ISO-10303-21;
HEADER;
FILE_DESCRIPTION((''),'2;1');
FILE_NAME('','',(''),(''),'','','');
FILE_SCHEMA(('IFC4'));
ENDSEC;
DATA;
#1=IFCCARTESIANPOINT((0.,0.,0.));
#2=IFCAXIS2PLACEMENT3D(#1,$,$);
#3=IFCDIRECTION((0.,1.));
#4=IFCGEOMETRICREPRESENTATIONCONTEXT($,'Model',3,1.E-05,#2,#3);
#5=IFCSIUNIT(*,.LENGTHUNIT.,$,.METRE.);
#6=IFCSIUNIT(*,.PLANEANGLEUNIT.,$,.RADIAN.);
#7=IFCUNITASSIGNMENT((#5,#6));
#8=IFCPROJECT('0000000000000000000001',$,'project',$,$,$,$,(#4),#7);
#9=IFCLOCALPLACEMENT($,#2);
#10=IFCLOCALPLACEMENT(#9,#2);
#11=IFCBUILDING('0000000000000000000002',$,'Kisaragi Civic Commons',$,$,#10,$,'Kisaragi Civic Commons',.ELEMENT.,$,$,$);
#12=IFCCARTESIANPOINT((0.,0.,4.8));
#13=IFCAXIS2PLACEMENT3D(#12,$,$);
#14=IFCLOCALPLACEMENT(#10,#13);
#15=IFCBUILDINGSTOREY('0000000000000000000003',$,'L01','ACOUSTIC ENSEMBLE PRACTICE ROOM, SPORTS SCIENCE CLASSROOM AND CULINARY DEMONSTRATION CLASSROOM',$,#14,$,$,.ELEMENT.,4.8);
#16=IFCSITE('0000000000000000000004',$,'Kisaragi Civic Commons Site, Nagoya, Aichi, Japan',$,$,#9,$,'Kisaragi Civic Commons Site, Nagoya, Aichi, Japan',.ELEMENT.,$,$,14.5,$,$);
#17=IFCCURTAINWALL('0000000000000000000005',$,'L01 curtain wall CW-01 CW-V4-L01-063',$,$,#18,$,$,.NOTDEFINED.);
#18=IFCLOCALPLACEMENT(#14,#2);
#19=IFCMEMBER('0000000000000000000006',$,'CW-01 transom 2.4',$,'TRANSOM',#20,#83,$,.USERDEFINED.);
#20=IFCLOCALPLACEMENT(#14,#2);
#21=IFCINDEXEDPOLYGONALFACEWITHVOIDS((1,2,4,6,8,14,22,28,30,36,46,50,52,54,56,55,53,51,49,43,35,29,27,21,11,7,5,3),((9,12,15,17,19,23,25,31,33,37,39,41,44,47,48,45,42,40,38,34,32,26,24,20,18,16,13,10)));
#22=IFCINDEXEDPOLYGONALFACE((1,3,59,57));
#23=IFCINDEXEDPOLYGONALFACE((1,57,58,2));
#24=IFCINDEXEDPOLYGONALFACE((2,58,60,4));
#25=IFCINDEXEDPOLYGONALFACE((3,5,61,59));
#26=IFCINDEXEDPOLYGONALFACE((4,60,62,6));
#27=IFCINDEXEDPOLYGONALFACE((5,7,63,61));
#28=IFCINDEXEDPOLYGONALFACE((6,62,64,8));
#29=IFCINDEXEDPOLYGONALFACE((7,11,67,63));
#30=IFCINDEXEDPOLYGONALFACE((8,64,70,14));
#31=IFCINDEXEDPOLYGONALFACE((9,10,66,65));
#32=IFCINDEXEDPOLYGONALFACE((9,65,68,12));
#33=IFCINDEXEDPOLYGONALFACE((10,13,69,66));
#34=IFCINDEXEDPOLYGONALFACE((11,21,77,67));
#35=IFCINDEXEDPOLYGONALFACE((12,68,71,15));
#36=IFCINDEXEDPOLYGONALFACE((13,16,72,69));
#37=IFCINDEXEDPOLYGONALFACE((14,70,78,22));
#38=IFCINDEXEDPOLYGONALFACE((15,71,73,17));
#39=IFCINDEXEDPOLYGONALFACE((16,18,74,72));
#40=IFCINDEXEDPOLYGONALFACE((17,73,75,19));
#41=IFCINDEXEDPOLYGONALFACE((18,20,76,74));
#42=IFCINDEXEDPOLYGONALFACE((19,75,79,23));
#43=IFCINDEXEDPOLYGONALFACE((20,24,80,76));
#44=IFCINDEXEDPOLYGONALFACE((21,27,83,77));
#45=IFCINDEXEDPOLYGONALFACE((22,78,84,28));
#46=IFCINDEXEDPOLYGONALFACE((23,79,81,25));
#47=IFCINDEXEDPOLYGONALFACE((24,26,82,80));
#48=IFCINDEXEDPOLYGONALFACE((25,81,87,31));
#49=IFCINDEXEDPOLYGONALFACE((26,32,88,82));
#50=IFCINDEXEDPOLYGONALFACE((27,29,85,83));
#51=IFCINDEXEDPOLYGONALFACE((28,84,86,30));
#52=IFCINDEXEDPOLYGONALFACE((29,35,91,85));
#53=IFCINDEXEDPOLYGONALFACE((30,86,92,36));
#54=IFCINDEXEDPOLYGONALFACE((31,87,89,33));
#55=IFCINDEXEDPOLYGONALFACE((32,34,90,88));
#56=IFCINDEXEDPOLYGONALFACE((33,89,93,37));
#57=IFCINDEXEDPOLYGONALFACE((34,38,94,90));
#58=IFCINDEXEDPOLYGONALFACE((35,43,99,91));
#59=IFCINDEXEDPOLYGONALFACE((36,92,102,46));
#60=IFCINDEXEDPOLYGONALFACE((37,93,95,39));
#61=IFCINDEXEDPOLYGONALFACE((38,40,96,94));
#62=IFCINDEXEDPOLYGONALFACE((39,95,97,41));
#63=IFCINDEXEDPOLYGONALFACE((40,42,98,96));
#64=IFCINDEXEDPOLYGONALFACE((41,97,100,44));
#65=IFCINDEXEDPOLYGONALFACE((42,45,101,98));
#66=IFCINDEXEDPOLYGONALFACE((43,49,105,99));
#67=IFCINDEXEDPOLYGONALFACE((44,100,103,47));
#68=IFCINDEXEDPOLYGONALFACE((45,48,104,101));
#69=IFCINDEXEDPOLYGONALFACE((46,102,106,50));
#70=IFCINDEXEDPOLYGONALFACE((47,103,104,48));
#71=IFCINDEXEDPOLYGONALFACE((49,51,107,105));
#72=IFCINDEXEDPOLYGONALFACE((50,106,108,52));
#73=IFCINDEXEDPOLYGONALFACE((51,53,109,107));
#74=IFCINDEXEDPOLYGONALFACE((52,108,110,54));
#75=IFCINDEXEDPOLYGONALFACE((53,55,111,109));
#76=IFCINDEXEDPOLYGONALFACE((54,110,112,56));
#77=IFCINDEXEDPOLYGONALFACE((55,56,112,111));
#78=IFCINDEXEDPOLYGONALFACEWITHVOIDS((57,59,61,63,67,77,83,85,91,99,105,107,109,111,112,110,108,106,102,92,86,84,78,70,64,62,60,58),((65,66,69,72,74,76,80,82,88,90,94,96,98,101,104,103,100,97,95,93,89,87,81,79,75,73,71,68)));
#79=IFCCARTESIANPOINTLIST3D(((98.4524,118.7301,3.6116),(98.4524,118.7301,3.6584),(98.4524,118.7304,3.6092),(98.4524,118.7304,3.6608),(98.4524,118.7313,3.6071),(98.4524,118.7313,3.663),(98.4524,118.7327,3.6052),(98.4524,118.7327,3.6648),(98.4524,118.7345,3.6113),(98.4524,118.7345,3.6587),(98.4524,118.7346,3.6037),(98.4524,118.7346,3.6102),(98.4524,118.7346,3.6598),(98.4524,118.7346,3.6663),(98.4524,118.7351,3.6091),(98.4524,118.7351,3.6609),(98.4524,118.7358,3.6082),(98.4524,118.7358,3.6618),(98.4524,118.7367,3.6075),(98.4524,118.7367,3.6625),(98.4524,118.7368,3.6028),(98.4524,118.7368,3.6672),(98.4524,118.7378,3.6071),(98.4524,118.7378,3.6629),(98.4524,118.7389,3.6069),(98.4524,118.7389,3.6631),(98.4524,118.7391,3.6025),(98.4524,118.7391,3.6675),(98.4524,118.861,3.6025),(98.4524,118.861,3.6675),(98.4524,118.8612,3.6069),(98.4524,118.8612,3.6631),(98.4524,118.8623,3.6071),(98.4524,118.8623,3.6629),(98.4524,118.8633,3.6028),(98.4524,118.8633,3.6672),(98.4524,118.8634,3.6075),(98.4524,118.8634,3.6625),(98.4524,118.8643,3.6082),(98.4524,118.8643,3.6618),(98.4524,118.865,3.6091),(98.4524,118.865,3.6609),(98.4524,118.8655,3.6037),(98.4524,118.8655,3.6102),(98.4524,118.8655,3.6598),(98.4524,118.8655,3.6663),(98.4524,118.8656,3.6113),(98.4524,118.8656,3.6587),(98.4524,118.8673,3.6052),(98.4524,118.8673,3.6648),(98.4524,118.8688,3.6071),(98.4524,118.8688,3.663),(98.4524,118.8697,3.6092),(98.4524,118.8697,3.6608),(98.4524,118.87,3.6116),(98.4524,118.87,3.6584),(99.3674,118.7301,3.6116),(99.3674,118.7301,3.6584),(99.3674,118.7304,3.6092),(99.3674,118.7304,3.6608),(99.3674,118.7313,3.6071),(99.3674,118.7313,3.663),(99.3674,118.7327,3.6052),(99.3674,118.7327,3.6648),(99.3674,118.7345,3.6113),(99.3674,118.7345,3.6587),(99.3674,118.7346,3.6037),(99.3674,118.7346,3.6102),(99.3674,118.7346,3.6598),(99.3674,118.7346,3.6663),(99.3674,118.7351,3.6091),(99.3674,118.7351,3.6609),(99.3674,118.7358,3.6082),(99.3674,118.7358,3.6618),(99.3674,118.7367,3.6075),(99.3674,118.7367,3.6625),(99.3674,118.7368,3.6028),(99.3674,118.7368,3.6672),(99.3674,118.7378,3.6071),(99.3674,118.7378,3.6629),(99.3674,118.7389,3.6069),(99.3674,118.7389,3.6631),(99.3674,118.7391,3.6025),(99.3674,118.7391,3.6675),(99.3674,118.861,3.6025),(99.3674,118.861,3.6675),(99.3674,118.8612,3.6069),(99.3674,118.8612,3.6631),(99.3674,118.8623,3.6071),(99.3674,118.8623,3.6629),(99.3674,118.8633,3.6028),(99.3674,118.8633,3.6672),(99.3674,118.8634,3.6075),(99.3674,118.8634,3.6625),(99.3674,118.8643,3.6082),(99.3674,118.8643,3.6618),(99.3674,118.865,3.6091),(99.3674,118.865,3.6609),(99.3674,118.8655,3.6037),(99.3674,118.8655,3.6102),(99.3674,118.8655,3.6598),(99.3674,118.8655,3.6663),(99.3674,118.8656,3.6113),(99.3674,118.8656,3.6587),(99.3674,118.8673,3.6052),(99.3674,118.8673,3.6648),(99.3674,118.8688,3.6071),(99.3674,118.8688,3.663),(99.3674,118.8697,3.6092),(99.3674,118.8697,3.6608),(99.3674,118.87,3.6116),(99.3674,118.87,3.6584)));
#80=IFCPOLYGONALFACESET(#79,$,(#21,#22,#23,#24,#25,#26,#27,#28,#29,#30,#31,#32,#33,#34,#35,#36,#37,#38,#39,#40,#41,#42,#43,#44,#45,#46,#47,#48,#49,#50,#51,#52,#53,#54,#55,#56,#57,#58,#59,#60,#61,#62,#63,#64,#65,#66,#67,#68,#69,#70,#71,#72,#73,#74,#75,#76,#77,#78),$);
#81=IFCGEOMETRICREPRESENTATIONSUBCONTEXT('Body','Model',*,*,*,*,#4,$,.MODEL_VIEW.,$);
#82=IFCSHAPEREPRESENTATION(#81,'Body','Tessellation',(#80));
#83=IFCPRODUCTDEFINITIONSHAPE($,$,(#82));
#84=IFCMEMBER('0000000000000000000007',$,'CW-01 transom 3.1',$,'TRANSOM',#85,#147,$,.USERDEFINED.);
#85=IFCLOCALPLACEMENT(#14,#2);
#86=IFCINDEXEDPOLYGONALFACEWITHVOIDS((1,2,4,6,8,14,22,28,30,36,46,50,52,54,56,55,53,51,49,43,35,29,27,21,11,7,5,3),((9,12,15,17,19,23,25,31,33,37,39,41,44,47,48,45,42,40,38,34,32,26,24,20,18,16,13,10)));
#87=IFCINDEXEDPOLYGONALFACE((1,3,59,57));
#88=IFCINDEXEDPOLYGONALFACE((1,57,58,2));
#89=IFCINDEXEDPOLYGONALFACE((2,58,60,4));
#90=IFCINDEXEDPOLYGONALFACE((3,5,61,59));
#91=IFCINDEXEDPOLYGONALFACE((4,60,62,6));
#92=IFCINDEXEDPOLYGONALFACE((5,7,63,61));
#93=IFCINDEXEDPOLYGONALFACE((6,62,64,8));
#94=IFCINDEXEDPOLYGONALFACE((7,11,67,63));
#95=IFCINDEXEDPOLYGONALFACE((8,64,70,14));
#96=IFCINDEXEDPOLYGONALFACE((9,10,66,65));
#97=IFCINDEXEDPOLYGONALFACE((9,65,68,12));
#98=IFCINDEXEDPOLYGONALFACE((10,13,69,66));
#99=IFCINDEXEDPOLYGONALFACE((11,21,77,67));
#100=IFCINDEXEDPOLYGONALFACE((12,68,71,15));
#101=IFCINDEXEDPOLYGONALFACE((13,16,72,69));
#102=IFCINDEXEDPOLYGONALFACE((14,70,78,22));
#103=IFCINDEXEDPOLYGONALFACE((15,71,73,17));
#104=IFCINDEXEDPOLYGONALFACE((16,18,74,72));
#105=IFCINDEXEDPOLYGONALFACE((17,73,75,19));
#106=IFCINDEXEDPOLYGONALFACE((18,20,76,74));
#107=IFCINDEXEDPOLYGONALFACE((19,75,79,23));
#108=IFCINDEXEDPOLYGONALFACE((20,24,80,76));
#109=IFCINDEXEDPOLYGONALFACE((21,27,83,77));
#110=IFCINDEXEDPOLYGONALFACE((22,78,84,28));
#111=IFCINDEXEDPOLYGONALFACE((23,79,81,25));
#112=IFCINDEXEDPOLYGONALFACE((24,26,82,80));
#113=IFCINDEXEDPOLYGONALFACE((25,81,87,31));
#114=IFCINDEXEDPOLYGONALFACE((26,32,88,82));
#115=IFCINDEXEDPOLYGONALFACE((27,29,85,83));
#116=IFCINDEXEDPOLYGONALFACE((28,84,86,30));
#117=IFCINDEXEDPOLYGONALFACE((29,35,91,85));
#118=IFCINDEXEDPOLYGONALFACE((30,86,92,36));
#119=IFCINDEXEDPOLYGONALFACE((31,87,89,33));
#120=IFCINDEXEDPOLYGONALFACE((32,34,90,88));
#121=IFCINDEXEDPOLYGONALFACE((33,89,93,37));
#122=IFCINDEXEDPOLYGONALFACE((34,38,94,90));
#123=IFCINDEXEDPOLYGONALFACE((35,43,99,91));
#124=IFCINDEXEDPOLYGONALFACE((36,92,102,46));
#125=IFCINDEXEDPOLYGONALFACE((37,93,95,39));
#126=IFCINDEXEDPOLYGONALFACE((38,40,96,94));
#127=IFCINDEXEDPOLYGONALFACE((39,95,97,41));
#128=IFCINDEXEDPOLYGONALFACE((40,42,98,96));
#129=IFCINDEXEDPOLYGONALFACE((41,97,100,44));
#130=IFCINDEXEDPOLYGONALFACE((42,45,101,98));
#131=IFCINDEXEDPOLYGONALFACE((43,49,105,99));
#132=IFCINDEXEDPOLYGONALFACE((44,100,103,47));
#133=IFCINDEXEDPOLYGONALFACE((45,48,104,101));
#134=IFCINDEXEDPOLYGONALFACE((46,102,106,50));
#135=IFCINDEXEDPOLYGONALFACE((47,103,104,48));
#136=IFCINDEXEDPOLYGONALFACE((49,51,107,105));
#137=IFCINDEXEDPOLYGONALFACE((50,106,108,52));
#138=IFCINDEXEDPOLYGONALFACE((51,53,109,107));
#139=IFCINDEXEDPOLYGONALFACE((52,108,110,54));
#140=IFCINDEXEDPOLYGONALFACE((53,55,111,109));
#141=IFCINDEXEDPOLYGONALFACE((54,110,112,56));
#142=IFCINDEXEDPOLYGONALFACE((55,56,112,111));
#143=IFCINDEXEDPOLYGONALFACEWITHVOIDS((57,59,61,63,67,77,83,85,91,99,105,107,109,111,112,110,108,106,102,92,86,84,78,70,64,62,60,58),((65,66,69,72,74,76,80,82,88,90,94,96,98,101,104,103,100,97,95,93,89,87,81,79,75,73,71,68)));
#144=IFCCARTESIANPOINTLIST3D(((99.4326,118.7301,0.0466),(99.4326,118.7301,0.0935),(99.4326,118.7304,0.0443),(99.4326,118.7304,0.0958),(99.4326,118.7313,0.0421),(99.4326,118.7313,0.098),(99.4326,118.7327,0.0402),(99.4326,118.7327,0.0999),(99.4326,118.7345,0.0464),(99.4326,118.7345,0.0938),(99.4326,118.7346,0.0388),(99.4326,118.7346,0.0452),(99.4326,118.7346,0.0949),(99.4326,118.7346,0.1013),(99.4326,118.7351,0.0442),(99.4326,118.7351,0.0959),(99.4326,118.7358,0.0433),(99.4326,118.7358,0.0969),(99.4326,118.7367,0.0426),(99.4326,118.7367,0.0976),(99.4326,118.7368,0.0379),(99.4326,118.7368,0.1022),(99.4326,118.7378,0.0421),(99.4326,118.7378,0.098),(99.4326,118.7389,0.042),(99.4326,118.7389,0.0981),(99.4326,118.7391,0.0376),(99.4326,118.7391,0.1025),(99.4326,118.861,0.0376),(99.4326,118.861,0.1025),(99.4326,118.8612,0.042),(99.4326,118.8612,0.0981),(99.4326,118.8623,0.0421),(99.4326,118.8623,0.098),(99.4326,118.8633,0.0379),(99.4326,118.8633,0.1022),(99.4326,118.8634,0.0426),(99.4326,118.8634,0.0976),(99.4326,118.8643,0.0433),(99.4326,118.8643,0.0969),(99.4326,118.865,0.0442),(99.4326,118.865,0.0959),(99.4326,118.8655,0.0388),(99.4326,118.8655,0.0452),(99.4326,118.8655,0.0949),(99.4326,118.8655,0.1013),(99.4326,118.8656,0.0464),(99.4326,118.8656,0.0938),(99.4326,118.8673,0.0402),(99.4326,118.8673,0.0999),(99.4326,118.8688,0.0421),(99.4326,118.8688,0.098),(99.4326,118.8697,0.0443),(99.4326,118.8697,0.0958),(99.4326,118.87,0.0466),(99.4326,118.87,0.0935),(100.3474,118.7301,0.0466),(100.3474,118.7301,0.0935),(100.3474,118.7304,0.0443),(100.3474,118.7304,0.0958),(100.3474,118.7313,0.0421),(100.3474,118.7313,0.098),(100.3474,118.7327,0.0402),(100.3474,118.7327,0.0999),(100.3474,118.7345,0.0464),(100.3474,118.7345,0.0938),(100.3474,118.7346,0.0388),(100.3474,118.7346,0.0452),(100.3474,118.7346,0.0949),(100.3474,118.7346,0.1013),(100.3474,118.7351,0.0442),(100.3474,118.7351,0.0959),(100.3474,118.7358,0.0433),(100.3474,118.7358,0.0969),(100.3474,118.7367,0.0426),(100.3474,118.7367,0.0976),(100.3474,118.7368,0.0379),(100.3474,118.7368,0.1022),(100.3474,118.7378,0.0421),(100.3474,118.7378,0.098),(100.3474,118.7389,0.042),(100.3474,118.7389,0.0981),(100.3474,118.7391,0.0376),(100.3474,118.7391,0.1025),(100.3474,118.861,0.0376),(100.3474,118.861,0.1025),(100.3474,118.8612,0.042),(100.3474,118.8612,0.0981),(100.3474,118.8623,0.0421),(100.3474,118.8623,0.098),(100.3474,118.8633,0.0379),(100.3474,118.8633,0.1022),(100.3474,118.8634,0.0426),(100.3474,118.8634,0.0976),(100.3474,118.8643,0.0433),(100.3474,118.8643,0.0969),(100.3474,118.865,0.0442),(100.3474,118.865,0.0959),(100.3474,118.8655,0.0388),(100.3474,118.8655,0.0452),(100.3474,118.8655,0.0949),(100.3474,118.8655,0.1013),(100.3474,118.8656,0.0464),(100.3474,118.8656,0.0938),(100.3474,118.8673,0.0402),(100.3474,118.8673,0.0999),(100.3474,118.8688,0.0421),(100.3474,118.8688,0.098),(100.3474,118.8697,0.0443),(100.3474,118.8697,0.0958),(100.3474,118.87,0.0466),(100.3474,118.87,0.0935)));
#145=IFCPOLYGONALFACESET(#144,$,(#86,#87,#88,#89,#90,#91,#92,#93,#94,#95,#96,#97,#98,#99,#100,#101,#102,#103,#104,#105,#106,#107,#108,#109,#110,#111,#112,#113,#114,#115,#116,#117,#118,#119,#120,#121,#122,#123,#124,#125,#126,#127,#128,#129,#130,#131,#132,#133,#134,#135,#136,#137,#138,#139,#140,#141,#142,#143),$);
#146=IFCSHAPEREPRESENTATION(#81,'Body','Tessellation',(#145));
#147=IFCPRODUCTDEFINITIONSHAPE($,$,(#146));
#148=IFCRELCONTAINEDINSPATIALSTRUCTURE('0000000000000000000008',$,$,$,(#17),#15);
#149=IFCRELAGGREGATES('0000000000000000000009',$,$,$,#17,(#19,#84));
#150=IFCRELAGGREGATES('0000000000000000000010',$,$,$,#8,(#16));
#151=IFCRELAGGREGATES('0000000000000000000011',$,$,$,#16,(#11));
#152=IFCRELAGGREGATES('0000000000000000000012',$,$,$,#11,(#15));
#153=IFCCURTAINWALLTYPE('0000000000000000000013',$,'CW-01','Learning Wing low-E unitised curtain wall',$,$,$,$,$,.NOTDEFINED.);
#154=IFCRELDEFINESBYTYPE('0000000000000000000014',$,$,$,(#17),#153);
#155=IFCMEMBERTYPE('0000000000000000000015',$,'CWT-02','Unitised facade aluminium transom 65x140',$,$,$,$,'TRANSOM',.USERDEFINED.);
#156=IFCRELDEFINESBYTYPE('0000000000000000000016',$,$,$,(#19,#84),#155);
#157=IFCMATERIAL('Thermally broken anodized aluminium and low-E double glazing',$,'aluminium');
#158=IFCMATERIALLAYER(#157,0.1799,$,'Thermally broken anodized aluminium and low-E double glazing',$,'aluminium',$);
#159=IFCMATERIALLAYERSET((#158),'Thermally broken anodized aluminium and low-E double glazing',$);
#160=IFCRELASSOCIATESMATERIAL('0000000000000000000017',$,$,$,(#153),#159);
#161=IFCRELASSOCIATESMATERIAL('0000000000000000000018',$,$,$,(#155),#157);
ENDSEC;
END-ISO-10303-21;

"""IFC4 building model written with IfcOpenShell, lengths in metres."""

from ifc_helpers import new_model, si_unit, direction, frame, origin, origin_2d, place, context, subcontext, project, spatial, hollow_rectangle, extrude, material, layer, layer_set, material_profile, profile_set, type_object, element, aggregate, save


model = new_model("IFC4")

# Units and contexts
model_context = context("Model", 3, precision=1e-05, world=origin(), true_north=direction((0.0, 1.0)))
body_context = subcontext(model_context, "Body", "Model", "MODEL_VIEW")
ifc_project = project(units=[si_unit("LENGTHUNIT", "METRE"), si_unit("PLANEANGLEUNIT", "RADIAN")], contexts=[model_context])

# Site, building, storey
site_placement = place(None, origin())
site = spatial("IfcSite", under=ifc_project, at=site_placement, Name="Kisaragi Civic Commons Site, Nagoya, Aichi, Japan", LongName="Kisaragi Civic Commons Site, Nagoya, Aichi, Japan", CompositionType="ELEMENT", RefElevation=14.5)
building_placement = place(site_placement, origin())
building = spatial("IfcBuilding", under=site, at=building_placement, Name="Kisaragi Civic Commons", LongName="Kisaragi Civic Commons", CompositionType="ELEMENT")
storey_placement = place(building_placement, frame((0.0, 0.0, 4.8)))
storey = spatial("IfcBuildingStorey", under=building, at=storey_placement, Name="L01", Description="ACOUSTIC ENSEMBLE PRACTICE ROOM, SPORTS SCIENCE CLASSROOM AND CULINARY DEMONSTRATION CLASSROOM", CompositionType="ELEMENT", Elevation=4.8)

# Curtain wall, members
ifc_material = material(Name="Thermally broken anodized aluminium and low-E double glazing", Category="aluminium")
ifc_layer_1 = layer(ifc_material, 0.1799, Name="Thermally broken anodized aluminium and low-E double glazing", Category="aluminium")
ifc_layer_set_1 = layer_set([ifc_layer_1], Name="Thermally broken anodized aluminium and low-E double glazing")
curtain_wall_type = type_object("IfcCurtainWallType", Name="CW-01", Description="Learning Wing low-E unitised curtain wall", PredefinedType="NOTDEFINED", material=ifc_layer_set_1)
curtain_wall_placement = place(storey_placement, origin())
curtain_wall = element("IfcCurtainWall", 1, at=curtain_wall_placement, inside=storey, type_object=curtain_wall_type, Name="L01 curtain wall CW-01 CW-V4-L01-063", PredefinedType="NOTDEFINED")
ifc_material_profile_1 = material_profile(ifc_material, hollow_rectangle(XDim=0.1399, YDim=0.0649, WallThickness=0.0044, InnerFilletRadius=0.0044, OuterFilletRadius=0.009, at=origin_2d()), Name="CWT-65x140x4.5", Category="aluminium")
ifc_profile_set_1 = profile_set([ifc_material_profile_1], Name="Thermally broken anodized aluminium and low-E double glazing")
member_type_1 = type_object("IfcMemberType", Name="CWT-02", Description="Unitised facade aluminium transom 65x140", ElementType="TRANSOM", PredefinedType="USERDEFINED", material=ifc_profile_set_1)
member_1_placement = place(storey_placement, frame((98.4524, 118.8, 3.635), z_axis=(1.0, 0.0, 0.0), x_axis=(0.0, 1.0, 0.0)))
member_1 = element("IfcMember", 2, at=member_1_placement, type_object=member_type_1, Name="CW-01 transom 2.4", ObjectType="TRANSOM", PredefinedType="USERDEFINED", context=body_context, shape_type="SweptSolid", body=[
    extrude(hollow_rectangle(XDim=0.1399, YDim=0.0649, WallThickness=0.0044, InnerFilletRadius=0.0044, OuterFilletRadius=0.009, at=origin_2d()), origin(), (0.0, 0.0, 1.0), 0.915),
])
member_2_placement = place(storey_placement, frame((99.4326, 118.8, 0.0701), z_axis=(1.0, 0.0, 0.0), x_axis=(0.0, 1.0, 0.0)))
member_2 = element("IfcMember", 3, at=member_2_placement, type_object=member_type_1, Name="CW-01 transom 3.1", ObjectType="TRANSOM", PredefinedType="USERDEFINED", context=body_context, shape_type="SweptSolid", body=[
    extrude(hollow_rectangle(XDim=0.1399, YDim=0.0649, WallThickness=0.0044, InnerFilletRadius=0.0044, OuterFilletRadius=0.009, at=origin_2d()), origin(), (0.0, 0.0, 1.0), 0.9148),
])
aggregate(curtain_wall, [member_1, member_2])

save(model, "model.ifc")
